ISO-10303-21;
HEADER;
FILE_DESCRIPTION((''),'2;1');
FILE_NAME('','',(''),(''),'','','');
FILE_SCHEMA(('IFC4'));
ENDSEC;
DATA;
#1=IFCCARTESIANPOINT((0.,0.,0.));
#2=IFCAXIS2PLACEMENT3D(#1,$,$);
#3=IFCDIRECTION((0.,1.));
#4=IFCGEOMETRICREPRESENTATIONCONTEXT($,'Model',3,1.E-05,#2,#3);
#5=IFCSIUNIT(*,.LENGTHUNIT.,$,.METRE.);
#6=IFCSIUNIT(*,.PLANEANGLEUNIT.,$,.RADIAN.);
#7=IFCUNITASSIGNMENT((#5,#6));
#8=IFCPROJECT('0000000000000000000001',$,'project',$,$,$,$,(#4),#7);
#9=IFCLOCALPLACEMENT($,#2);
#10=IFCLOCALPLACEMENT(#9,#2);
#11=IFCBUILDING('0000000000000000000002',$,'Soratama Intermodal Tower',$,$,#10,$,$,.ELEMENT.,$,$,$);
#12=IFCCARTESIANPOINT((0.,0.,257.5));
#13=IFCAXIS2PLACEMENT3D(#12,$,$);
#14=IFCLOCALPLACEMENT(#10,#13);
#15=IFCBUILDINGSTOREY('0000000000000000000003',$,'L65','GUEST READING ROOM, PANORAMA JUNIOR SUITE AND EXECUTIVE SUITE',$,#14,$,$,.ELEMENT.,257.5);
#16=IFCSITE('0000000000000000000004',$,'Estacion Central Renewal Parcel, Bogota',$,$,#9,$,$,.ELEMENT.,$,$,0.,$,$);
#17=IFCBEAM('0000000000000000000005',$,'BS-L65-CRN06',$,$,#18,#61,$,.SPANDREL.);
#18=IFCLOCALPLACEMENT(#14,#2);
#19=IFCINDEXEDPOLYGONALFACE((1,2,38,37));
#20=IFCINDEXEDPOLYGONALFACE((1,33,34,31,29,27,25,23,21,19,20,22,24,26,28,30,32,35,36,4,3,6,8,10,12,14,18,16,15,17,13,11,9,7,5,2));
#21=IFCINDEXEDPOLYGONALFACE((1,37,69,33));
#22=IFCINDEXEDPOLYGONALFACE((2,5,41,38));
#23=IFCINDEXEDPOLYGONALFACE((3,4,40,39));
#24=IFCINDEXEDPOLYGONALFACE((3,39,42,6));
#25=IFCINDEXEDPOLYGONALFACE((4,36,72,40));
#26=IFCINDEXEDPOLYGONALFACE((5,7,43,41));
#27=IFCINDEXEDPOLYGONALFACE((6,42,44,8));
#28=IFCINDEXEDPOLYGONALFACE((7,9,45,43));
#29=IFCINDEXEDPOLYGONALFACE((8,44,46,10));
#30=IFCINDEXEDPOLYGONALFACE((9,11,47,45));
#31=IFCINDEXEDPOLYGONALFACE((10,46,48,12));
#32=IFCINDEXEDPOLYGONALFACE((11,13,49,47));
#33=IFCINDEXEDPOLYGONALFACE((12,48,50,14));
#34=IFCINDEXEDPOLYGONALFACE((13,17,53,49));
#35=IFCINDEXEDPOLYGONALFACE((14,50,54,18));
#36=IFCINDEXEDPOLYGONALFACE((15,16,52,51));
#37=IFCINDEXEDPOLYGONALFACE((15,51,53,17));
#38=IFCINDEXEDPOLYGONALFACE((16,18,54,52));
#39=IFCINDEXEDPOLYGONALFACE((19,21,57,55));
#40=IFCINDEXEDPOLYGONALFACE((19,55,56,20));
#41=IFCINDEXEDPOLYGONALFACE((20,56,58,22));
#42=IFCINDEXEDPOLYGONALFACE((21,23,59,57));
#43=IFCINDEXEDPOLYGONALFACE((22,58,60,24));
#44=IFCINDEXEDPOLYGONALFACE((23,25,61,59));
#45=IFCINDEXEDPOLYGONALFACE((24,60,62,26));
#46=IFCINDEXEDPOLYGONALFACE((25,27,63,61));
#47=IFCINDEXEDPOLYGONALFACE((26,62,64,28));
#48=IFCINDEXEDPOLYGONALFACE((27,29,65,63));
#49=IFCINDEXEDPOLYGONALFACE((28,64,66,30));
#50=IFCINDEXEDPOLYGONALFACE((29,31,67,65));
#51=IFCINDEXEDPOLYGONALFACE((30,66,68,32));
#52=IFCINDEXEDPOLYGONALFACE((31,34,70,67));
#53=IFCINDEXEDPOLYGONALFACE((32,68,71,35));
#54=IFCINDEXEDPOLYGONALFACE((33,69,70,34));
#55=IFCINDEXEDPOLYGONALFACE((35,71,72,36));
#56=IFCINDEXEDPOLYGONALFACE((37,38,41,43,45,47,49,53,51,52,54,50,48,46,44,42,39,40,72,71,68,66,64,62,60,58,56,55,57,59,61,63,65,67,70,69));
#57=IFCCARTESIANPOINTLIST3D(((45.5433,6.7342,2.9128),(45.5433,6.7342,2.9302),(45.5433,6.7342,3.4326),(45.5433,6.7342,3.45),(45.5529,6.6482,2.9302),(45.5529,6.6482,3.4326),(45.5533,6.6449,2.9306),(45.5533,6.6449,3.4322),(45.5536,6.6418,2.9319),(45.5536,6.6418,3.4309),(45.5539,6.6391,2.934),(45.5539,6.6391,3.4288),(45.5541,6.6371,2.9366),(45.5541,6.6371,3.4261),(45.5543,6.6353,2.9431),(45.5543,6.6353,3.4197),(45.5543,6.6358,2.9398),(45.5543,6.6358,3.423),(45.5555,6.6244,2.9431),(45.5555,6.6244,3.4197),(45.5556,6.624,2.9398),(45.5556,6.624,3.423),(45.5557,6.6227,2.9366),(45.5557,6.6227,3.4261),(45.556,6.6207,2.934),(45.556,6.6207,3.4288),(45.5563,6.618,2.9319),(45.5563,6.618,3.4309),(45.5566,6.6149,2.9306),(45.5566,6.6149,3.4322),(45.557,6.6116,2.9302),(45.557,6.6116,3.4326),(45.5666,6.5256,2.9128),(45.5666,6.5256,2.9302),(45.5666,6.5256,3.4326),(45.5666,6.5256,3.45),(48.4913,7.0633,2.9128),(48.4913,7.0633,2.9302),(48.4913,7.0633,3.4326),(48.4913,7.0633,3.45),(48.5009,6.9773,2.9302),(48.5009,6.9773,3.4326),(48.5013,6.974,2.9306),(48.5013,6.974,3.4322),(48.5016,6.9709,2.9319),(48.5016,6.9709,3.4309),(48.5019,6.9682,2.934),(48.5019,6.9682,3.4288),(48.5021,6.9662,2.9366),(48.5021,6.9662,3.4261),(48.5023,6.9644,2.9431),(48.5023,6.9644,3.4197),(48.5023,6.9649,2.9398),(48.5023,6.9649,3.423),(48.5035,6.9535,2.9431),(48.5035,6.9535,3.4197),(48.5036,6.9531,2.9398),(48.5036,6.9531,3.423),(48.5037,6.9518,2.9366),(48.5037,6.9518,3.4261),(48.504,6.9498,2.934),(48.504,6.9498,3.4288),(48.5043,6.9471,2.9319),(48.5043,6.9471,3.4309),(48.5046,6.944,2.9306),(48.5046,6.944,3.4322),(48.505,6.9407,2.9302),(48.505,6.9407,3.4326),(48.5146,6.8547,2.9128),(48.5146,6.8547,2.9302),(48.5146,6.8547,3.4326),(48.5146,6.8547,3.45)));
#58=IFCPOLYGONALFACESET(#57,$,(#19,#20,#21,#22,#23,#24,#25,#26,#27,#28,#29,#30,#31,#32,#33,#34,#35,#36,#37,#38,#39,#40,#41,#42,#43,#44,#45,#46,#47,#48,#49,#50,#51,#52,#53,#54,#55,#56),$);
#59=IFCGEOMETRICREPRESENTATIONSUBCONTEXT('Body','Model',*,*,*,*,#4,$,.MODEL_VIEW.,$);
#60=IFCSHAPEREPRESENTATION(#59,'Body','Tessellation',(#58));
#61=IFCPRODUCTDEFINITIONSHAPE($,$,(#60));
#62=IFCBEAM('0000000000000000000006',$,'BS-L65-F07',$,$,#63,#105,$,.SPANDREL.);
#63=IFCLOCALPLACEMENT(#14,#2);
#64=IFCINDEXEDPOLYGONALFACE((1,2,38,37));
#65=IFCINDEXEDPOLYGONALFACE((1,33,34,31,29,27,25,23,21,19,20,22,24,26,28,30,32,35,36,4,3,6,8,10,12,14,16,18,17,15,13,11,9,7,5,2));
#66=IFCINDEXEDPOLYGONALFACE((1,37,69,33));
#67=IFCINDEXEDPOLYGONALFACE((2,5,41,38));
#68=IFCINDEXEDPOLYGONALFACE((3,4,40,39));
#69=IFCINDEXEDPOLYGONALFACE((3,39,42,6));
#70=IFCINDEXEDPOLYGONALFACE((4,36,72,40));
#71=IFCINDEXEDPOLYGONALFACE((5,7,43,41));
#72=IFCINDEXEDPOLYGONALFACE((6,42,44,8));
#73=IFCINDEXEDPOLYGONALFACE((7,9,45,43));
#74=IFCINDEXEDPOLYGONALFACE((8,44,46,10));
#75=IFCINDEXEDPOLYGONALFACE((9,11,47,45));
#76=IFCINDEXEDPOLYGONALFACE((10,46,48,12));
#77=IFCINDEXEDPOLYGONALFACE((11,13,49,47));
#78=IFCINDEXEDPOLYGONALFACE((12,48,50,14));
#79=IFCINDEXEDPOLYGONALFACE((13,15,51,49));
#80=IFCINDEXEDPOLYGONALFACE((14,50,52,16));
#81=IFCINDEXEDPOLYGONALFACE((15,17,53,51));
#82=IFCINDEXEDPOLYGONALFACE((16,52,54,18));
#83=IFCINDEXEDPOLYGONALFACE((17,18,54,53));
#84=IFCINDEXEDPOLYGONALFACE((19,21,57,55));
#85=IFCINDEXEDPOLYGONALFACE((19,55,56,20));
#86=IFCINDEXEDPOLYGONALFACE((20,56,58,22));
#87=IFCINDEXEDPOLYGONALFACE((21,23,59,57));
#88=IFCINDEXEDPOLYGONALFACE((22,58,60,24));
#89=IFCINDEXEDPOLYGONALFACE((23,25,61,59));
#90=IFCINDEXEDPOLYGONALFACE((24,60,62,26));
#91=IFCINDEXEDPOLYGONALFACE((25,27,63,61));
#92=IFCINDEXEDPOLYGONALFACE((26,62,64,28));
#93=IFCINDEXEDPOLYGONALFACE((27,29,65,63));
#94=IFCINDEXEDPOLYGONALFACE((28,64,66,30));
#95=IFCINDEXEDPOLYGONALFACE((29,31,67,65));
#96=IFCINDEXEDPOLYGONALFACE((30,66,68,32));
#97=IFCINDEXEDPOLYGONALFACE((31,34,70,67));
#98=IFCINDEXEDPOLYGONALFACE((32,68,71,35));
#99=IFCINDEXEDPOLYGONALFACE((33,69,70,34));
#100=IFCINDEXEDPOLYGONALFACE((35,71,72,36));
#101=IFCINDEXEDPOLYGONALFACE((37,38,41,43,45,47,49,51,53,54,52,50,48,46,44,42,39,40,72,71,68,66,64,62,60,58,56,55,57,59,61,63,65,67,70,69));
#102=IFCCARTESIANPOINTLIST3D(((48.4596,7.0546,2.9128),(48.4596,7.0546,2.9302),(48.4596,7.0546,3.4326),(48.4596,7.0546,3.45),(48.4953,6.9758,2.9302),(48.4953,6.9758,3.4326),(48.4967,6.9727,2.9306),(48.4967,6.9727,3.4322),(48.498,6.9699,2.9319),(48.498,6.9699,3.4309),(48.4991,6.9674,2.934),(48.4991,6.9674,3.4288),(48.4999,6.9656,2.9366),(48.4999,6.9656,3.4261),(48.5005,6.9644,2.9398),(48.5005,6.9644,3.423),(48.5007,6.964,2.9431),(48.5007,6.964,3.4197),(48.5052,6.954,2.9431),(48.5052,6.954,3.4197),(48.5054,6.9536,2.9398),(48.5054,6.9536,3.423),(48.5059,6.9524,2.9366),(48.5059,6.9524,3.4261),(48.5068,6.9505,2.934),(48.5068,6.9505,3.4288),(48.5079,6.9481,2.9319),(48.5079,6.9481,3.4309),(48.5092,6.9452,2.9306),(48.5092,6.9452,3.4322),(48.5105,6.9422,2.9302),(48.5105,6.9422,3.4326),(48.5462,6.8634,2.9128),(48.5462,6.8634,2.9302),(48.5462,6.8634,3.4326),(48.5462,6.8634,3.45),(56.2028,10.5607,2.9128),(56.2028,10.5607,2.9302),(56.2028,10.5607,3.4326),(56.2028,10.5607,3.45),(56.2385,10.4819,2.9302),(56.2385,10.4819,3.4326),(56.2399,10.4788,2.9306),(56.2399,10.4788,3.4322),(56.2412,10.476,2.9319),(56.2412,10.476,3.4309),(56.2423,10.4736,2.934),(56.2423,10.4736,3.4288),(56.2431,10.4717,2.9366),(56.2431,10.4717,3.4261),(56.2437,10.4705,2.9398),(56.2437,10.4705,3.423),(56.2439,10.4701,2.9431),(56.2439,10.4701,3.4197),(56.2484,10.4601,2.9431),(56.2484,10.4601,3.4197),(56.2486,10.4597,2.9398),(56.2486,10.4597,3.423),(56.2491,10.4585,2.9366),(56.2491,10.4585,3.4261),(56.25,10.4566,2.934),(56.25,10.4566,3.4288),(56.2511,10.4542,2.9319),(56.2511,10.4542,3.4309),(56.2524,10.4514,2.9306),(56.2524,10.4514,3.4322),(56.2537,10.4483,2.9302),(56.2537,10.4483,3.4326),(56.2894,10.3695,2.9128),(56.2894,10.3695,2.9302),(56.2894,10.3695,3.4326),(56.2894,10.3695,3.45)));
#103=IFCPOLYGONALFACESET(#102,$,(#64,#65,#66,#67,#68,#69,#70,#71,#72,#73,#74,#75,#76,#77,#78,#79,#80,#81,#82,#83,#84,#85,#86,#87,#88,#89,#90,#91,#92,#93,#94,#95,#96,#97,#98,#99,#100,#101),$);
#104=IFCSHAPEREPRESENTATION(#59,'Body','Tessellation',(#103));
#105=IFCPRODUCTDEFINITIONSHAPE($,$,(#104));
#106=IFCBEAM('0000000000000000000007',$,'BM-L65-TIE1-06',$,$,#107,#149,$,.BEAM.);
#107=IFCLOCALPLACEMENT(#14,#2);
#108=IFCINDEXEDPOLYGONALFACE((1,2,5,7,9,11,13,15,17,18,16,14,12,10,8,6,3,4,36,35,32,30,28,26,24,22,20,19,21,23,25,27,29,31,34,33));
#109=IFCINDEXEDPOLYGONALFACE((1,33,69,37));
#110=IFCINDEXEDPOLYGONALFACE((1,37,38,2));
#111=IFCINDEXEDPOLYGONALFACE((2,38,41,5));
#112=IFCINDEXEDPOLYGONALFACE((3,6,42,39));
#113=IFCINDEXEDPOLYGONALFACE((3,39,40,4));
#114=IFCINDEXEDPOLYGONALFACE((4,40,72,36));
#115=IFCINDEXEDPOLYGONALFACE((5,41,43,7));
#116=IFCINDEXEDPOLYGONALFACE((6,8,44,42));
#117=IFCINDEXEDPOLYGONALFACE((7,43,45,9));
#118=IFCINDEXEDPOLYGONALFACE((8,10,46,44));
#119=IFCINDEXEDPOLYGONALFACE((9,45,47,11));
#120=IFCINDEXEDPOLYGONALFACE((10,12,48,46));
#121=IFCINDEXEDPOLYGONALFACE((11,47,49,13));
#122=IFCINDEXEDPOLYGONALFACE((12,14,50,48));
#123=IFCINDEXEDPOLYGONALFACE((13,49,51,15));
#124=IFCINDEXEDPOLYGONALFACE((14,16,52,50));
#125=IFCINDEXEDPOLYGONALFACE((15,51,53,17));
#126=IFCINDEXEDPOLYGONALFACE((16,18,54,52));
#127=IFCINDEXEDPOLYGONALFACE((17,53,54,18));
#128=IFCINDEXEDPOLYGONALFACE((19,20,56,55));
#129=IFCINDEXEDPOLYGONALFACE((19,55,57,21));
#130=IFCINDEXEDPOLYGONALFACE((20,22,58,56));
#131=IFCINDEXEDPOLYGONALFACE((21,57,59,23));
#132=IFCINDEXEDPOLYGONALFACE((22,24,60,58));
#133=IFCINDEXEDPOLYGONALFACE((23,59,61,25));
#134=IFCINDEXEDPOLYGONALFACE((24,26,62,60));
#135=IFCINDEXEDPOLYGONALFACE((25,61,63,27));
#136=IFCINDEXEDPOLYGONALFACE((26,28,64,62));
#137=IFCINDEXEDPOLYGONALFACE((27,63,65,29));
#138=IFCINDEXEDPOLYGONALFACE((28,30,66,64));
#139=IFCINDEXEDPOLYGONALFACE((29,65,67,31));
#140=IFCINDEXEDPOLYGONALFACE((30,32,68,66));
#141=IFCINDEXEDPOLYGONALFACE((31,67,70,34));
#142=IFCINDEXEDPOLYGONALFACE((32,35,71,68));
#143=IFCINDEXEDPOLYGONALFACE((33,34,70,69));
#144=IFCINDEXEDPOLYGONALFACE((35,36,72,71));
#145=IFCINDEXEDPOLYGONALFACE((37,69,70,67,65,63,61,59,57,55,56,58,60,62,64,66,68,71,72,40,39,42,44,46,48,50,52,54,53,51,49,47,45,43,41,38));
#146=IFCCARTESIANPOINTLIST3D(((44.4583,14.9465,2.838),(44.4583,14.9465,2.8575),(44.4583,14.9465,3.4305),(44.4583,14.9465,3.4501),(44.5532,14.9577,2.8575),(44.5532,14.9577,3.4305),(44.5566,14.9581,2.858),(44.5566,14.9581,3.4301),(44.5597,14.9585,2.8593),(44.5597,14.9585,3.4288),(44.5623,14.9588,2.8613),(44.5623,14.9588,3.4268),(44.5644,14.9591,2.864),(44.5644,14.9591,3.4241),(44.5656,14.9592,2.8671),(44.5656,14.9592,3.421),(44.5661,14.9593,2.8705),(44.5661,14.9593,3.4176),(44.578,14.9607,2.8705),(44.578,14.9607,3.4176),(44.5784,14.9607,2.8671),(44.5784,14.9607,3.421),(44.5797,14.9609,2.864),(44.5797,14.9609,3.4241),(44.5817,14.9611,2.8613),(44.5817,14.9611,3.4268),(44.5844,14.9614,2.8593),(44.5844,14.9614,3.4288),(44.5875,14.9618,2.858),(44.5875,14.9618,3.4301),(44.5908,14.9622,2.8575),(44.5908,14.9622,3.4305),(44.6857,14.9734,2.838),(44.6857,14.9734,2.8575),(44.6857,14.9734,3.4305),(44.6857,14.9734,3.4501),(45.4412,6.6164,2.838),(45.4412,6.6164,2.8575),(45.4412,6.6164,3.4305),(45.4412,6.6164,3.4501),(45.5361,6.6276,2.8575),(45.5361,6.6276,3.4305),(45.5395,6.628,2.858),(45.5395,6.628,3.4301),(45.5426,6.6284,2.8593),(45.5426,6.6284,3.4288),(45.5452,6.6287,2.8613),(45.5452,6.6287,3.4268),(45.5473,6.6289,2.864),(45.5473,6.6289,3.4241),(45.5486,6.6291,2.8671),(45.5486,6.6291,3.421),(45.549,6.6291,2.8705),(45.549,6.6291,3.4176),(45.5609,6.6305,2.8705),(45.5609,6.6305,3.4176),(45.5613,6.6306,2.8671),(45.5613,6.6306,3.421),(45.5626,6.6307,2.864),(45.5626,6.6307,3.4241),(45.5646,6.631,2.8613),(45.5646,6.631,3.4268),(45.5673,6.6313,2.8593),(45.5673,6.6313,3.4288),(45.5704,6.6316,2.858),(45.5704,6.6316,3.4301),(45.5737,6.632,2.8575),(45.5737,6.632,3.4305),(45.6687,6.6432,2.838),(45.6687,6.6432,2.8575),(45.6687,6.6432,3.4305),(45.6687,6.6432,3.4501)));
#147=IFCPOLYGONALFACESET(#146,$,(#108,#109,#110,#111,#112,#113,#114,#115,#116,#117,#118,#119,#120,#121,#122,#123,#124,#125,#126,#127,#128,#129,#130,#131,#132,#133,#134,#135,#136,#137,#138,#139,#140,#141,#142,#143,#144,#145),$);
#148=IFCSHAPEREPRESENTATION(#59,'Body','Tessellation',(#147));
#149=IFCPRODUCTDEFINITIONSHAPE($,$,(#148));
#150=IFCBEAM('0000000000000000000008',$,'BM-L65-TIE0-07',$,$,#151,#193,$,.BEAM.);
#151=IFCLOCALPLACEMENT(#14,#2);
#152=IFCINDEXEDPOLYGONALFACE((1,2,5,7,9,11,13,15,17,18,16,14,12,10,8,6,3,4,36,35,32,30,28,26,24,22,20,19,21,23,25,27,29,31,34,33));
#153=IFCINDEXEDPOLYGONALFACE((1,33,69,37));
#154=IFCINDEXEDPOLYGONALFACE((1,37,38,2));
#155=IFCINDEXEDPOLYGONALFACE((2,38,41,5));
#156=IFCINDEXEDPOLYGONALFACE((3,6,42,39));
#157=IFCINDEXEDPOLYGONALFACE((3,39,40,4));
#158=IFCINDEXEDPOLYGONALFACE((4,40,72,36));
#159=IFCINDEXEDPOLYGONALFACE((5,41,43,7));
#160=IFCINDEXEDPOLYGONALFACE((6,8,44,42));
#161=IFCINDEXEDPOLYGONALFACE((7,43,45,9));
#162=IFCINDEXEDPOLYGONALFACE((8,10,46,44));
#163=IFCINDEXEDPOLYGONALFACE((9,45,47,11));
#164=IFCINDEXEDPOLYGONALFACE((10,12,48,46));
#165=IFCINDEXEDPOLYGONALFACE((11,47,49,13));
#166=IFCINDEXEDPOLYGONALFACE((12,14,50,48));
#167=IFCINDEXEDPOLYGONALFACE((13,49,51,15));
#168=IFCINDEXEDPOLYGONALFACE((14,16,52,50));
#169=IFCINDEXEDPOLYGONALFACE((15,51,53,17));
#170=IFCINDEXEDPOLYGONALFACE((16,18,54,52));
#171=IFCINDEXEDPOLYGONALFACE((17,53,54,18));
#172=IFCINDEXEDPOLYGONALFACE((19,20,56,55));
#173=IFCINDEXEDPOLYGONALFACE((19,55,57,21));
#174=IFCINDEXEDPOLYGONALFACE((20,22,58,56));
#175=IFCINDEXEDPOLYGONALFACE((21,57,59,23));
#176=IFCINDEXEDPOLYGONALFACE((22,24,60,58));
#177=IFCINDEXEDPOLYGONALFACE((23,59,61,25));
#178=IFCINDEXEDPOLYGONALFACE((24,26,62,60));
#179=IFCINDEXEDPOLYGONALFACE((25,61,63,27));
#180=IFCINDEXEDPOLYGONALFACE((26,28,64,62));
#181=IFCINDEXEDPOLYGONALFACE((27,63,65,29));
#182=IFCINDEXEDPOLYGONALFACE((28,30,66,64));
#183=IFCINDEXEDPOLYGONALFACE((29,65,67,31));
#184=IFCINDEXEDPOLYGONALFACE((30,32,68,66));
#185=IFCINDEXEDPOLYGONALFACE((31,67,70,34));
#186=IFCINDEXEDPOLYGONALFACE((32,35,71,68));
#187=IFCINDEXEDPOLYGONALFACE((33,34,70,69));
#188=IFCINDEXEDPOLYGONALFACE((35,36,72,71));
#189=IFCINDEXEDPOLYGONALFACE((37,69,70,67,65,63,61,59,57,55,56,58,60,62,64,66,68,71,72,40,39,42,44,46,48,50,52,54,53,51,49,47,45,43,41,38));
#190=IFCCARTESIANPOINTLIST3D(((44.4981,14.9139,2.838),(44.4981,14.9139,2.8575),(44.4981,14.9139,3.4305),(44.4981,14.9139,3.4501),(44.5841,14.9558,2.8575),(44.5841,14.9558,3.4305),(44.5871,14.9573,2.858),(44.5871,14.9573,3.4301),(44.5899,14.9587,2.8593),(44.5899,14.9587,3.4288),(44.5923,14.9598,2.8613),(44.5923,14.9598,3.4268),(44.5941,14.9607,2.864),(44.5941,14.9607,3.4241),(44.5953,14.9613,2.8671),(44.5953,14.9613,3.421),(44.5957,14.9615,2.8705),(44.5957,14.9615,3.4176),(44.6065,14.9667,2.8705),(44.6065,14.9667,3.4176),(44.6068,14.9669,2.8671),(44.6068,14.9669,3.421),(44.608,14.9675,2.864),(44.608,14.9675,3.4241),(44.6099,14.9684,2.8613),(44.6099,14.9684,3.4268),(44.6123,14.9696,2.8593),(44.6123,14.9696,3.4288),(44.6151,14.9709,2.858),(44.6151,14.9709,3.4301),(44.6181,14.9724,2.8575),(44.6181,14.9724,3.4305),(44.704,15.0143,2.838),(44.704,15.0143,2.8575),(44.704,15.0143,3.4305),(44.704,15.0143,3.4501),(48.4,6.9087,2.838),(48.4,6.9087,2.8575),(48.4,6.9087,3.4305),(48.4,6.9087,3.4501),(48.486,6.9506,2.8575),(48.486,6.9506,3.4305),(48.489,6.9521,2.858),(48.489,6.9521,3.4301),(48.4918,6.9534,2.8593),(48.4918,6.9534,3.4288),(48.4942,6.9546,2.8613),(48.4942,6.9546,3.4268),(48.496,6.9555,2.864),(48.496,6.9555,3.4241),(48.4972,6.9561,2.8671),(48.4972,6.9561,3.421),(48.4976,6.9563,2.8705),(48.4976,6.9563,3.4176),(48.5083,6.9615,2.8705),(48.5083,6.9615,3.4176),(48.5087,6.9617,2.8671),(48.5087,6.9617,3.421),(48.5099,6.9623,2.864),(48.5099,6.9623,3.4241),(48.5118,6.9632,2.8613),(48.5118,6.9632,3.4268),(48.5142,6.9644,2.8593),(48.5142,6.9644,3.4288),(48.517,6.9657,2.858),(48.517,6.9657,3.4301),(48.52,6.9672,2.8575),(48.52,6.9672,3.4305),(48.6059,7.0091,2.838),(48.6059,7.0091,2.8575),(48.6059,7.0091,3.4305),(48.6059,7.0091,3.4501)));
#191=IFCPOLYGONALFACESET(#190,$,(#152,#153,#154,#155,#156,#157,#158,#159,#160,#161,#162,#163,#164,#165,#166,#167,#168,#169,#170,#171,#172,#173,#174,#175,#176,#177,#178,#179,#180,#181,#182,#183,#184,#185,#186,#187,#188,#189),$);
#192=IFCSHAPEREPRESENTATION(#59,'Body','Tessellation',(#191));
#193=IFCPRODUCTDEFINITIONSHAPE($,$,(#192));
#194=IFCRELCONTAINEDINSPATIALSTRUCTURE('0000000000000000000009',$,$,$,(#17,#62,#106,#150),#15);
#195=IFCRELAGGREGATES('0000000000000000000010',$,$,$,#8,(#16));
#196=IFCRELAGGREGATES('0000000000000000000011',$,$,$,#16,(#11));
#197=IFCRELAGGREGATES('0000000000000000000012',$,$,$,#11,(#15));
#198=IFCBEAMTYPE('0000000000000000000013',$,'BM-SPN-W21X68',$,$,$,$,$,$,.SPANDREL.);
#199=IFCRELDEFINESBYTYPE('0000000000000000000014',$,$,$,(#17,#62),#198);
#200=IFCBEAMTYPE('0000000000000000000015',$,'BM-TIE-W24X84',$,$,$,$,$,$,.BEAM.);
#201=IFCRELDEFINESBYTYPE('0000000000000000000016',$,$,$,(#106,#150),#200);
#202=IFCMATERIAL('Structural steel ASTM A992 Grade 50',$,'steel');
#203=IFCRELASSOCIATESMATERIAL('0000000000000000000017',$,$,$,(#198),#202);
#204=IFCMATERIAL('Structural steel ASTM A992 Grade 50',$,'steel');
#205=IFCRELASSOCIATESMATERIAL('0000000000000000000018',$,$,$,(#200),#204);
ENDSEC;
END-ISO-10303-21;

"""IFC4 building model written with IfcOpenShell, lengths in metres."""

from ifc_helpers import new_model, si_unit, direction, frame, origin, origin_2d, place, context, subcontext, project, spatial, i_section, extrude, material, material_profile, profile_set, type_object, element, save


model = new_model("IFC4")

# Units and contexts
model_context = context("Model", 3, precision=1e-05, world=origin(), true_north=direction((0.0, 1.0)))
body_context = subcontext(model_context, "Body", "Model", "MODEL_VIEW")
ifc_project = project(units=[si_unit("LENGTHUNIT", "METRE"), si_unit("PLANEANGLEUNIT", "RADIAN")], contexts=[model_context])

# Site, building, storey
site_placement = place(None, origin())
site = spatial("IfcSite", under=ifc_project, at=site_placement, Name="Estacion Central Renewal Parcel, Bogota", CompositionType="ELEMENT", RefElevation=0.0)
building_placement = place(site_placement, origin())
building = spatial("IfcBuilding", under=site, at=building_placement, Name="Soratama Intermodal Tower", CompositionType="ELEMENT")
storey_placement = place(building_placement, frame((0.0, 0.0, 257.5)))
storey = spatial("IfcBuildingStorey", under=building, at=storey_placement, Name="L65", Description="GUEST READING ROOM, PANORAMA JUNIOR SUITE AND EXECUTIVE SUITE", CompositionType="ELEMENT", Elevation=257.5)

# Beams
ifc_material_1 = material(Name="Structural steel ASTM A992 Grade 50", Category="steel")
ifc_material_profile_1 = material_profile(ifc_material_1, i_section(OverallWidth=0.21, OverallDepth=0.5371, WebThickness=0.011, FlangeThickness=0.0173, FilletRadius=0.0129, at=origin_2d()), Name="W21X68")
ifc_profile_set_1 = profile_set([ifc_material_profile_1], Name="Structural steel ASTM A992 Grade 50")
beam_type_1 = type_object("IfcBeamType", Name="BM-SPN-W21X68", PredefinedType="SPANDREL", material=ifc_profile_set_1)
beam_1_placement = place(storey_placement, frame((45.5549, 6.6299, 3.1814), z_axis=(0.993826, 0.110946, 0.0), x_axis=(-0.110946, 0.993826, 0.0)))
element("IfcBeam", 1, at=beam_1_placement, inside=storey, type_object=beam_type_1, Name="BS-L65-CRN06", PredefinedType="SPANDREL", context=body_context, shape_type="SweptSolid", body=[
    extrude(i_section(OverallWidth=0.21, OverallDepth=0.5371, WebThickness=0.011, FlangeThickness=0.0173, FilletRadius=0.0129, at=origin_2d()), origin(), (0.0, 0.0, 1.0), 2.9663),
])
beam_2_placement = place(storey_placement, frame((48.5029, 6.959, 3.1814), z_axis=(0.910965, 0.412485, 0.0), x_axis=(-0.412485, 0.910965, 0.0)))
element("IfcBeam", 2, at=beam_2_placement, inside=storey, type_object=beam_type_1, Name="BS-L65-F07", PredefinedType="SPANDREL", context=body_context, shape_type="SweptSolid", body=[
    extrude(i_section(OverallWidth=0.21, OverallDepth=0.5371, WebThickness=0.011, FlangeThickness=0.0173, FilletRadius=0.0129, at=origin_2d()), origin(), (0.0, 0.0, 1.0), 8.5),
])
ifc_material_2 = material(Name="Structural steel ASTM A992 Grade 50", Category="steel")
ifc_material_profile_2 = material_profile(ifc_material_2, i_section(OverallWidth=0.229, OverallDepth=0.6121, WebThickness=0.012, FlangeThickness=0.0195, FilletRadius=0.0129, at=origin_2d()), Name="W24X84")
ifc_profile_set_2 = profile_set([ifc_material_profile_2], Name="Structural steel ASTM A992 Grade 50")
beam_type_2 = type_object("IfcBeamType", Name="BM-TIE-W24X84", PredefinedType="BEAM", material=ifc_profile_set_2)
beam_3_placement = place(storey_placement, frame((44.572, 14.96, 3.144), z_axis=(0.117182, -0.99311, 0.0), x_axis=(0.99311, 0.117182, 0.0)))
element("IfcBeam", 3, at=beam_3_placement, inside=storey, type_object=beam_type_2, Name="BM-L65-TIE1-06", PredefinedType="BEAM", context=body_context, shape_type="SweptSolid", body=[
    extrude(i_section(OverallWidth=0.229, OverallDepth=0.6121, WebThickness=0.012, FlangeThickness=0.0195, FilletRadius=0.0129, at=origin_2d()), origin(), (0.0, 0.0, 1.0), 8.3879),
])
beam_4_placement = place(storey_placement, frame((44.6011, 14.9641, 3.144), z_axis=(0.438144, -0.898905, 0.0), x_axis=(0.898905, 0.438144, 0.0)))
element("IfcBeam", 4, at=beam_4_placement, inside=storey, type_object=beam_type_2, Name="BM-L65-TIE0-07", PredefinedType="BEAM", context=body_context, shape_type="SweptSolid", body=[
    extrude(i_section(OverallWidth=0.229, OverallDepth=0.6121, WebThickness=0.012, FlangeThickness=0.0195, FilletRadius=0.0129, at=origin_2d()), origin(), (0.0, 0.0, 1.0), 8.9055),
])

save(model, "model.ifc")
